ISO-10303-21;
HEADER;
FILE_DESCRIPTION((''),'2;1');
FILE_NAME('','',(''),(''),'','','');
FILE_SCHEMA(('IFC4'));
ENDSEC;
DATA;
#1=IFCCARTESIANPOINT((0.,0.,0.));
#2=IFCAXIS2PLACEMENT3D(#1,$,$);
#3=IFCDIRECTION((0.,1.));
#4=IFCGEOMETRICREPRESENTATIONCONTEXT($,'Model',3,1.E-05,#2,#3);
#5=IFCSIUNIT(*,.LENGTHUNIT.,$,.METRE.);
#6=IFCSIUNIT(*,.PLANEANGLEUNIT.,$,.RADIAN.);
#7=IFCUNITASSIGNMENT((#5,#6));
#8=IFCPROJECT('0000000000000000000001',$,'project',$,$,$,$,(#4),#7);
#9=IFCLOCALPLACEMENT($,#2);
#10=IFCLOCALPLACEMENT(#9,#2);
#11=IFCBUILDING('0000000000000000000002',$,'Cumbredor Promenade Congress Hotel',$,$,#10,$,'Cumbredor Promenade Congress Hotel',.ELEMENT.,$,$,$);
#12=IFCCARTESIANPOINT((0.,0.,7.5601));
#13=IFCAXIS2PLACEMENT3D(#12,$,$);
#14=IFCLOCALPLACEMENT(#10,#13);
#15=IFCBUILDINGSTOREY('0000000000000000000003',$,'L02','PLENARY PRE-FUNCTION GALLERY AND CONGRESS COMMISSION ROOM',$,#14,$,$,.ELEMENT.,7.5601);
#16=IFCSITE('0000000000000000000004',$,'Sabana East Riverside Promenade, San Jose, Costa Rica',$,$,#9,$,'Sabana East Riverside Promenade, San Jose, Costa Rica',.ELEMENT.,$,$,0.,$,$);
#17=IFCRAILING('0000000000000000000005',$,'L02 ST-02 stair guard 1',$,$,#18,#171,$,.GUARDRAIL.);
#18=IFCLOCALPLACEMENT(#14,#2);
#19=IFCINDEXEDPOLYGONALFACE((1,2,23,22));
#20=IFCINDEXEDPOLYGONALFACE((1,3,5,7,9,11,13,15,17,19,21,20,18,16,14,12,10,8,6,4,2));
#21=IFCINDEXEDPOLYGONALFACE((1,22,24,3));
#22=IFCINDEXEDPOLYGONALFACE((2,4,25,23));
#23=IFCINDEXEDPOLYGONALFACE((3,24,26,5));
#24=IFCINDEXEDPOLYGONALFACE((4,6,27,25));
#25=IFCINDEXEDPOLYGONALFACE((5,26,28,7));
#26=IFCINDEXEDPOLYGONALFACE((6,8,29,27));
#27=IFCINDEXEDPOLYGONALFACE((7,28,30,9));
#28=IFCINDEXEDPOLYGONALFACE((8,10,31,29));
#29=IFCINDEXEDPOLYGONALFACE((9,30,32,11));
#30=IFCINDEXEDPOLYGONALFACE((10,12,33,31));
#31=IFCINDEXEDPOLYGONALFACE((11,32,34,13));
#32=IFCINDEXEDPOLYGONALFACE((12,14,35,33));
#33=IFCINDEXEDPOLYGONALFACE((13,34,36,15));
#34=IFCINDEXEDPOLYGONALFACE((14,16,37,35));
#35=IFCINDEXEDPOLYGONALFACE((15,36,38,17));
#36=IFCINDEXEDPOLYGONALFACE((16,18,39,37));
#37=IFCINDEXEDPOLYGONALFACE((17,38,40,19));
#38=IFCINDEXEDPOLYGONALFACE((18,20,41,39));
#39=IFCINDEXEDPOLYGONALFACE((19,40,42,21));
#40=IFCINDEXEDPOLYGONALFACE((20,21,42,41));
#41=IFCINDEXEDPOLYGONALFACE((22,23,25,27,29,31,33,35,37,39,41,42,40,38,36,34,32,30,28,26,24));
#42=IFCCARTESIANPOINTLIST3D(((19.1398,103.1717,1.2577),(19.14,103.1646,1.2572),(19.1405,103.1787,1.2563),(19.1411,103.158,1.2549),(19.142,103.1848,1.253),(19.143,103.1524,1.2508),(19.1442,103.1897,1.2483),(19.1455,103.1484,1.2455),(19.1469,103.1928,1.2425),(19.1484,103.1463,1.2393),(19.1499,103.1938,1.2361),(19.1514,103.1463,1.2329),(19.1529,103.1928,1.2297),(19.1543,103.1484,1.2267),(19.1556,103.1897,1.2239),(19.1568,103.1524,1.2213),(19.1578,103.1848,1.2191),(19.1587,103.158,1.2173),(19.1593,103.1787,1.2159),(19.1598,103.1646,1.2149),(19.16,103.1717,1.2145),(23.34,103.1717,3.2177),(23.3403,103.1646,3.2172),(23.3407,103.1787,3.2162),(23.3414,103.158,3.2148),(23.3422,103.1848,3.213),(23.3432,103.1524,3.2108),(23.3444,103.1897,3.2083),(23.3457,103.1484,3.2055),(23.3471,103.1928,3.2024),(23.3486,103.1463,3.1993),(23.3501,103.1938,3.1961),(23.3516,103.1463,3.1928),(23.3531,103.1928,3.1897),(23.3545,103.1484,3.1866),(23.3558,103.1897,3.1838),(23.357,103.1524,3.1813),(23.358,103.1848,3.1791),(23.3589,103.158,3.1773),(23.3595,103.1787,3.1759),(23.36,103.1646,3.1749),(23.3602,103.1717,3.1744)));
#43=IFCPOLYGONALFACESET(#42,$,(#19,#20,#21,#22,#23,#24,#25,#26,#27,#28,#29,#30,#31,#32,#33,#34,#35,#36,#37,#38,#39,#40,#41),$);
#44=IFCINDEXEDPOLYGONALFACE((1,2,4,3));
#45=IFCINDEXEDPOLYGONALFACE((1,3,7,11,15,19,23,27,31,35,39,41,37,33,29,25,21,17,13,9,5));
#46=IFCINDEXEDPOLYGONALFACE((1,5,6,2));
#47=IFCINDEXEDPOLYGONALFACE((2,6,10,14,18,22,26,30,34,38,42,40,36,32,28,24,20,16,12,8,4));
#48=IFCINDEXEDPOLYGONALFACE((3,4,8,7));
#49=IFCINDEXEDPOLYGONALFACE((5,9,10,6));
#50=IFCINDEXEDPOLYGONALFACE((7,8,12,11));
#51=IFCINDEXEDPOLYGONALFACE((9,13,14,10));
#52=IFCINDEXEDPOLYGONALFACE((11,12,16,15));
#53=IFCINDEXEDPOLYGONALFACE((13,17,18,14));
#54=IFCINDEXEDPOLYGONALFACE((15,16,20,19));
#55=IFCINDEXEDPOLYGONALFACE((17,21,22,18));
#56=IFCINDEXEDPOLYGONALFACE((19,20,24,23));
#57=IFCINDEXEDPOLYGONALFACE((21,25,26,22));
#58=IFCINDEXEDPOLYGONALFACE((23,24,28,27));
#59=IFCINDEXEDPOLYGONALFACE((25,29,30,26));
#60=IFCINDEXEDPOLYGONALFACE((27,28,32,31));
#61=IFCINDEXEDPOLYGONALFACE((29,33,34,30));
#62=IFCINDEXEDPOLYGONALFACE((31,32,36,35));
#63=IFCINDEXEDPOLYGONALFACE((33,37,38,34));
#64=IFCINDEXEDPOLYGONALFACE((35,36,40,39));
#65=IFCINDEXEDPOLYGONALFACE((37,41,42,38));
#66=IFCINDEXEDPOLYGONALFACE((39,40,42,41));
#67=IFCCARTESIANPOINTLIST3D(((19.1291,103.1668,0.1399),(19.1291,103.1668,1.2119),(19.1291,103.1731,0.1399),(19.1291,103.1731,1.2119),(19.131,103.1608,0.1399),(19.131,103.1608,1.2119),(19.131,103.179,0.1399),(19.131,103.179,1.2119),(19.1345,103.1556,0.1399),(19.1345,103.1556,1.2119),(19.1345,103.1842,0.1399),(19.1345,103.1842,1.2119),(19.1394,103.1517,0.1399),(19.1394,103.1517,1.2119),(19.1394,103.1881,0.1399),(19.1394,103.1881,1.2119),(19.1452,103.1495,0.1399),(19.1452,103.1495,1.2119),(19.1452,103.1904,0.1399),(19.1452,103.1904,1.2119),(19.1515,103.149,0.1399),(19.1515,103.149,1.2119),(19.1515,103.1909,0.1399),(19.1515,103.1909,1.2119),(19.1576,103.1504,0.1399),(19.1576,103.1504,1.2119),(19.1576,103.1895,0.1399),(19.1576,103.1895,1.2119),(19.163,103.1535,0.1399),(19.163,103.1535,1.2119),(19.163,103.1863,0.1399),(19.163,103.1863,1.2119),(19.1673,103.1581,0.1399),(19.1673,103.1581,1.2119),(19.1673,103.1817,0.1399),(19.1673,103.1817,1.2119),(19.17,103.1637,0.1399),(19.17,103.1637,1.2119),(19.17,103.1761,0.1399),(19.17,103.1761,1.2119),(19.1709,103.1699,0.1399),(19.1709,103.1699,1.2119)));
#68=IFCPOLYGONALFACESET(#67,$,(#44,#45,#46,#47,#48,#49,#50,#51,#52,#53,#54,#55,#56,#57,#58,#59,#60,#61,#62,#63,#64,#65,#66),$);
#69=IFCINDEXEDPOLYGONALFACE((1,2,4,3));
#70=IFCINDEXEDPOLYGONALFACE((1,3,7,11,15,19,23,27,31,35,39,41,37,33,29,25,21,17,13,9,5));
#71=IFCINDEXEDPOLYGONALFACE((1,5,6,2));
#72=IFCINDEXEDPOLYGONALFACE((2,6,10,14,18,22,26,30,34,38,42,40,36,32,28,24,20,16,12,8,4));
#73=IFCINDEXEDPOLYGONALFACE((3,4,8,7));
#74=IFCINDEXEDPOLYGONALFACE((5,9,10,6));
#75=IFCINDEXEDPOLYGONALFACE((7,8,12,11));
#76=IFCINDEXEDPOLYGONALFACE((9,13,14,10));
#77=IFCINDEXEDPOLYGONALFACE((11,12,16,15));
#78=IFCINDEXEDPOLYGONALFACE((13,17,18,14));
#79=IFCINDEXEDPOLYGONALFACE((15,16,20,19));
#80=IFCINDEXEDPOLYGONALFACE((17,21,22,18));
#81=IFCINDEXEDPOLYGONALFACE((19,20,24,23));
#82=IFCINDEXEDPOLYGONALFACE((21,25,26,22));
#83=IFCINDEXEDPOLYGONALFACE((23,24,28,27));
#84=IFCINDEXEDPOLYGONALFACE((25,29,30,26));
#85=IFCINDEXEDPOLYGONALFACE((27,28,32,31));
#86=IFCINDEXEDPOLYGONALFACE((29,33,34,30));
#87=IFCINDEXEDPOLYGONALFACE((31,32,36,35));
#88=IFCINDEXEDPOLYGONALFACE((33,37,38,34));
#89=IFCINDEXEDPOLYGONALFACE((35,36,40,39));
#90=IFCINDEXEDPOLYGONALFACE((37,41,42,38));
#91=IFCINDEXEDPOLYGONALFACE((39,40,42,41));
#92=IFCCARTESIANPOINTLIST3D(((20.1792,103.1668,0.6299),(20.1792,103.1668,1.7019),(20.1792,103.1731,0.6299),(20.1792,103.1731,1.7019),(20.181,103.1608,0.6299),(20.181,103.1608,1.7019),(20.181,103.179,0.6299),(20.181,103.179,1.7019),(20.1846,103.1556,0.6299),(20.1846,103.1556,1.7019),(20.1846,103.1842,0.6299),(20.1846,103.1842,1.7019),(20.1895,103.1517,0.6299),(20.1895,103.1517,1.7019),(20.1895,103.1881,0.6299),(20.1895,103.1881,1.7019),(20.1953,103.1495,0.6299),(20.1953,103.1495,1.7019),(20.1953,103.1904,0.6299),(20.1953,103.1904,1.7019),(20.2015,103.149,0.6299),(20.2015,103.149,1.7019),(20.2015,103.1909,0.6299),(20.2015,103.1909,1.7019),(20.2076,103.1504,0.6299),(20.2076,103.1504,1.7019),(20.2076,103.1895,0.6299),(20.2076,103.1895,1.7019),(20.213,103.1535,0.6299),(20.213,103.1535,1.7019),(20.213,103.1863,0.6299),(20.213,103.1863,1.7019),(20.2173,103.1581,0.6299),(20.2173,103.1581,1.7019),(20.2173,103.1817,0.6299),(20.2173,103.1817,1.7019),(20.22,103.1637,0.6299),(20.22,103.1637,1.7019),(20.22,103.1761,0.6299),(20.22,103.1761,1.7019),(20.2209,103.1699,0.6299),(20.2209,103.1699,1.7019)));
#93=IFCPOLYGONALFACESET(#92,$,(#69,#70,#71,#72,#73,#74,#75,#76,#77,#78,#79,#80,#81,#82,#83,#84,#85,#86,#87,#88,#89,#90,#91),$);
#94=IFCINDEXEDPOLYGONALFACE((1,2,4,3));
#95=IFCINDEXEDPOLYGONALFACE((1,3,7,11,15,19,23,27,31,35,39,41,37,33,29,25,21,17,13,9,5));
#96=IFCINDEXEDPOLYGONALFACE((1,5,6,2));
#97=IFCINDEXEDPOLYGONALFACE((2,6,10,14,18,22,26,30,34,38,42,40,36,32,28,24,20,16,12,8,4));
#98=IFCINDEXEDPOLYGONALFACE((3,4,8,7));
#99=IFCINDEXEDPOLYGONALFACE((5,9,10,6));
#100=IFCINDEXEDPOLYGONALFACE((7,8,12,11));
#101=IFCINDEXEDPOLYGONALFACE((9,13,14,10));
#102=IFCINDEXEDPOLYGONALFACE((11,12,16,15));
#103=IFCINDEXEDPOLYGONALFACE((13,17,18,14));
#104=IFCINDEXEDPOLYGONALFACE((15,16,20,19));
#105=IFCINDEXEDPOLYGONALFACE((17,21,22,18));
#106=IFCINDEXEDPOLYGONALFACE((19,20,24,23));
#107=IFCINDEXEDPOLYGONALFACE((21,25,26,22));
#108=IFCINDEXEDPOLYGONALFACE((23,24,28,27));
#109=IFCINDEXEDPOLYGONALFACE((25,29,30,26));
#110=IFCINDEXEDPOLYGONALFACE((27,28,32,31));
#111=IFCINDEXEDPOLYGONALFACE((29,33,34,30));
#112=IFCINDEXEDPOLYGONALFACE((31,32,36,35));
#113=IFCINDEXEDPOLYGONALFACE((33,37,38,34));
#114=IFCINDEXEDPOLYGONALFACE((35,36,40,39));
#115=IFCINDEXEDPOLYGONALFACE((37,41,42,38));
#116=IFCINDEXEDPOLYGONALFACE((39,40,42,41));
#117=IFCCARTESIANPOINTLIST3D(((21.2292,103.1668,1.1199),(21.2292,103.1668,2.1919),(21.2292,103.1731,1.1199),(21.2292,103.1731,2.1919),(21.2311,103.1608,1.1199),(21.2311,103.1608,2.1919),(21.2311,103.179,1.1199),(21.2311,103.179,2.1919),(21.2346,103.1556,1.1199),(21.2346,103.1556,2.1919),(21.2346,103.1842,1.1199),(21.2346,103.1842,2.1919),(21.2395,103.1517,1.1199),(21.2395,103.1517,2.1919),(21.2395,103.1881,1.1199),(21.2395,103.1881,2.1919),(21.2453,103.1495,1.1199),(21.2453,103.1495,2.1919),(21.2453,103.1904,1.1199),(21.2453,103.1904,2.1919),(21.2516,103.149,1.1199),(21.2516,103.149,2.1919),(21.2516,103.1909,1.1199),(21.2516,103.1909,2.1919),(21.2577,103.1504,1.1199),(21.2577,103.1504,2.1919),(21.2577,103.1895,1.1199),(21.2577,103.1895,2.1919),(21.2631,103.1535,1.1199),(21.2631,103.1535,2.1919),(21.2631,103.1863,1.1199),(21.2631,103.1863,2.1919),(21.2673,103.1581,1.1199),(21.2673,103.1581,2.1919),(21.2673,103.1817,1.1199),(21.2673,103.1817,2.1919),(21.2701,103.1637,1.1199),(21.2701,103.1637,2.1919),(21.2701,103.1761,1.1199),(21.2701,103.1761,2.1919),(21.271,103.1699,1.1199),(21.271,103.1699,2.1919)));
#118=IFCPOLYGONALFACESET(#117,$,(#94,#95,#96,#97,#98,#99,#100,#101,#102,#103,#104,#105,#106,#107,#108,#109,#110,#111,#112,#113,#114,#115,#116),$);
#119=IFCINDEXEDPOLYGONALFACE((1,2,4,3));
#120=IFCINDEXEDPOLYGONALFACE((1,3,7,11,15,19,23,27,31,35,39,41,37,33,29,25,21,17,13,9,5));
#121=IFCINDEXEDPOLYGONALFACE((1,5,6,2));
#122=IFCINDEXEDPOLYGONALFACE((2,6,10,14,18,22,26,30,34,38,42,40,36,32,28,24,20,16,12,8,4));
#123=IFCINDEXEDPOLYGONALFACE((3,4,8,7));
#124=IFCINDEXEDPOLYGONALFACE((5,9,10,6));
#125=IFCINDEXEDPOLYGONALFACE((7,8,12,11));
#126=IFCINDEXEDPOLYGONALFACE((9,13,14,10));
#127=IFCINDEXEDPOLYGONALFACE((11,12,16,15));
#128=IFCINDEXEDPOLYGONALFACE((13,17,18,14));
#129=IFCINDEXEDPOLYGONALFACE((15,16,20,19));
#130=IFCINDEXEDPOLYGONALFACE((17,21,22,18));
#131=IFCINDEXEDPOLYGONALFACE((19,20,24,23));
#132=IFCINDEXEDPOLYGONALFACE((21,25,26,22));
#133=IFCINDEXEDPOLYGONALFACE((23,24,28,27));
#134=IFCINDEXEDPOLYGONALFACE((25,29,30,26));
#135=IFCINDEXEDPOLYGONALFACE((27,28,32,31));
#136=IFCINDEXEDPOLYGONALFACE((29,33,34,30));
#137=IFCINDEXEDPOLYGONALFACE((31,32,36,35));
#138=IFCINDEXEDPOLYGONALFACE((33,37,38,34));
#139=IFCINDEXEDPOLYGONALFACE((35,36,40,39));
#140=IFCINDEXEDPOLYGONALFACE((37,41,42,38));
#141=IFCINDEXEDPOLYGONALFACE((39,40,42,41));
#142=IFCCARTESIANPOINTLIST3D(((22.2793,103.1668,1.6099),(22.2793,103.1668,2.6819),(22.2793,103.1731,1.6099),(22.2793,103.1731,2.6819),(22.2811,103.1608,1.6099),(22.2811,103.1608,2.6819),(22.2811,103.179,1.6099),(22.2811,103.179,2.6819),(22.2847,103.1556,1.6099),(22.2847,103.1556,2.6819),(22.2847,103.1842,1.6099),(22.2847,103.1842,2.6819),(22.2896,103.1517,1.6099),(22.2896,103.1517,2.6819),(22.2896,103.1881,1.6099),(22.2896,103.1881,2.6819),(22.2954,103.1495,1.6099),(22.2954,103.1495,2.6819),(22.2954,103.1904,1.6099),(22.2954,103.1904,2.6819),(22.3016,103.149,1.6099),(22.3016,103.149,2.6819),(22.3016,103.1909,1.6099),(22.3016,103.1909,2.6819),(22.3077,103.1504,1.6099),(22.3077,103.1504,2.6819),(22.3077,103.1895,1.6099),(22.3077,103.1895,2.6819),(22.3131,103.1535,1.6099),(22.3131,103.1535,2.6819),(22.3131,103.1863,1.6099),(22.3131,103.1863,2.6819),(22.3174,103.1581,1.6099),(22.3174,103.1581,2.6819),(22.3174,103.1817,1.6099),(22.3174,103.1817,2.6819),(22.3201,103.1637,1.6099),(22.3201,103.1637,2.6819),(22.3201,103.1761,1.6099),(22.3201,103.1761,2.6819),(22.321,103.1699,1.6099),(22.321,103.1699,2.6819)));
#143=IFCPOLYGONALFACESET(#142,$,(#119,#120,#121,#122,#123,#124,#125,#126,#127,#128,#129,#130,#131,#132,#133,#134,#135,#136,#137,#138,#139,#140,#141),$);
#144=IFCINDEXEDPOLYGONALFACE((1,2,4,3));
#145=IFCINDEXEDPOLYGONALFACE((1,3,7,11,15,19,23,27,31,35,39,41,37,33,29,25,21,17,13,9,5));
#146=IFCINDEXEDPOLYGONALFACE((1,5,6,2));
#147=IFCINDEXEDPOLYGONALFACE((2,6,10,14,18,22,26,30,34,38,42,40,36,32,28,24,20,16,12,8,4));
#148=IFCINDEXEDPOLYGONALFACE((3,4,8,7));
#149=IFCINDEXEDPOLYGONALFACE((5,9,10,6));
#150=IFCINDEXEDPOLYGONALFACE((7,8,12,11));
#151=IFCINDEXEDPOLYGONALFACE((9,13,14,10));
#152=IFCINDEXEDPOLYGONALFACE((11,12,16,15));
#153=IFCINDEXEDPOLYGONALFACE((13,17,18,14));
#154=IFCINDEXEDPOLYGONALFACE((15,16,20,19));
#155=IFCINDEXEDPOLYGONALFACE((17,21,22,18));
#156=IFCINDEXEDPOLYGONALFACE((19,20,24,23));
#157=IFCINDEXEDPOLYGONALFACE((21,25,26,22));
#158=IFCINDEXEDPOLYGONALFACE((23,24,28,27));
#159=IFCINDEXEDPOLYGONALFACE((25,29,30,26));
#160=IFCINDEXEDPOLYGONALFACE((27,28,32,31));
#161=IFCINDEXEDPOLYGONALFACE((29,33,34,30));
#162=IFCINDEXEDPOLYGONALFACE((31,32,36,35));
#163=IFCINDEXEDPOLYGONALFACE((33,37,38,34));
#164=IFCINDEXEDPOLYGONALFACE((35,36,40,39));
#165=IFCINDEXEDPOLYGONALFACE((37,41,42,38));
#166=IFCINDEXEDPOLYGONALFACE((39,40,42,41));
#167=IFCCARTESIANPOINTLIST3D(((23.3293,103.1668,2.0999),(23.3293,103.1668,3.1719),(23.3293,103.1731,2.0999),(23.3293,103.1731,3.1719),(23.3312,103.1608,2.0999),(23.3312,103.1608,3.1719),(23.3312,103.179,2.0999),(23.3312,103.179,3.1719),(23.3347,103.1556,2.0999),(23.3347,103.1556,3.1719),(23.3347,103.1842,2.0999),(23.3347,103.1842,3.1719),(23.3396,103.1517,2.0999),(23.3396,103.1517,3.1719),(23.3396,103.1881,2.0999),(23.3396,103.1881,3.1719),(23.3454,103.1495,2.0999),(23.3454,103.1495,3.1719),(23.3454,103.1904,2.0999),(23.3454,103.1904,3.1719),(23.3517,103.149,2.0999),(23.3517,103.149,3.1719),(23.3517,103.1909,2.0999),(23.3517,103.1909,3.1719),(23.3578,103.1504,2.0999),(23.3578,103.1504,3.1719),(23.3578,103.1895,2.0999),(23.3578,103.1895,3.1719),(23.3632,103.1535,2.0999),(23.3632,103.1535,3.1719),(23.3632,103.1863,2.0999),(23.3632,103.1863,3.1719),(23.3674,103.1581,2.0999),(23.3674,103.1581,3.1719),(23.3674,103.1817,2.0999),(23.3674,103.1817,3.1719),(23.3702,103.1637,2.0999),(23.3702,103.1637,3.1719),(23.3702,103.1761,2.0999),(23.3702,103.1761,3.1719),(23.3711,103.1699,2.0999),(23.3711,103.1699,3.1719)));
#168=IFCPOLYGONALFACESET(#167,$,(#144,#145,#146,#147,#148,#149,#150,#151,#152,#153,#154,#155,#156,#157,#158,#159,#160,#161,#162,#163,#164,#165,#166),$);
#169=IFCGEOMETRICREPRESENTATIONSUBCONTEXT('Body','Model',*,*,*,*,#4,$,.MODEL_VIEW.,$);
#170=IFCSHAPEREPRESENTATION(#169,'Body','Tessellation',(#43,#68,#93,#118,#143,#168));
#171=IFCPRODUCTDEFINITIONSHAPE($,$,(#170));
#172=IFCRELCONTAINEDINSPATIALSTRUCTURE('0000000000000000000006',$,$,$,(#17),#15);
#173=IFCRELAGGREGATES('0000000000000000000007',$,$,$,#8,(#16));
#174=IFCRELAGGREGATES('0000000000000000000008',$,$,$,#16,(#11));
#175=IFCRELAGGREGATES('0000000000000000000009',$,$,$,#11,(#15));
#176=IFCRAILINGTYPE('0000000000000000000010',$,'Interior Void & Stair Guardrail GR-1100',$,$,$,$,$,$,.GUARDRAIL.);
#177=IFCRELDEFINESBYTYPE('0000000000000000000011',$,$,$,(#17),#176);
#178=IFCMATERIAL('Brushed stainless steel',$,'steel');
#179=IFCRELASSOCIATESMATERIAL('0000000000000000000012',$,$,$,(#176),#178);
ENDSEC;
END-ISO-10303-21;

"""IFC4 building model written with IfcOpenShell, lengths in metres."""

from ifc_helpers import new_model, si_unit, direction, frame, origin, origin_2d, place, context, subcontext, project, spatial, circle, extrude, material, type_object, element, save


model = new_model("IFC4")

# Units and contexts
model_context = context("Model", 3, precision=1e-05, world=origin(), true_north=direction((0.0, 1.0)))
body_context = subcontext(model_context, "Body", "Model", "MODEL_VIEW")
ifc_project = project(units=[si_unit("LENGTHUNIT", "METRE"), si_unit("PLANEANGLEUNIT", "RADIAN")], contexts=[model_context])

# Site, building, storey
site_placement = place(None, origin())
site = spatial("IfcSite", under=ifc_project, at=site_placement, Name="Sabana East Riverside Promenade, San Jose, Costa Rica", LongName="Sabana East Riverside Promenade, San Jose, Costa Rica", CompositionType="ELEMENT", RefElevation=0.0)
building_placement = place(site_placement, origin())
building = spatial("IfcBuilding", under=site, at=building_placement, Name="Cumbredor Promenade Congress Hotel", LongName="Cumbredor Promenade Congress Hotel", CompositionType="ELEMENT")
storey_placement = place(building_placement, frame((0.0, 0.0, 7.5601)))
storey = spatial("IfcBuildingStorey", under=building, at=storey_placement, Name="L02", Description="PLENARY PRE-FUNCTION GALLERY AND CONGRESS COMMISSION ROOM", CompositionType="ELEMENT", Elevation=7.5601)

# Shared definitions
ifc_material_1 = material(Name="Brushed stainless steel", Category="steel")

# Railing
railing_type_1 = type_object("IfcRailingType", Name="Interior Void & Stair Guardrail GR-1100", PredefinedType="GUARDRAIL", material=ifc_material_1)
railing_1_placement = place(storey_placement, frame((19.1499, 103.1699, 0.1399)))
element("IfcRailing", 1, at=railing_1_placement, inside=storey, type_object=railing_type_1, Name="L02 ST-02 stair guard 1", PredefinedType="GUARDRAIL", context=body_context, shape_type="SweptSolid", body=[
    extrude(circle(Radius=0.0239, at=origin_2d()), frame((0.0, 0.0, 1.0962), z_axis=(0.906194, 0.0, 0.422862), x_axis=(0.0, 1.0, 0.0)), (0.0, 0.0, 1.0), 4.635),
    extrude(circle(Radius=0.021, at=origin_2d()), origin(), (0.0, 0.0, 1.0), 1.072),
    extrude(circle(Radius=0.021, at=origin_2d()), frame((1.05, 0.0, 0.49)), (0.0, 0.0, 1.0), 1.072),
    extrude(circle(Radius=0.021, at=origin_2d()), frame((2.1001, 0.0, 0.98)), (0.0, 0.0, 1.0), 1.072),
    extrude(circle(Radius=0.021, at=origin_2d()), frame((3.1501, 0.0, 1.47)), (0.0, 0.0, 1.0), 1.072),
    extrude(circle(Radius=0.021, at=origin_2d()), frame((4.2002, 0.0, 1.96)), (0.0, 0.0, 1.0), 1.072),
])

save(model, "model.ifc")
